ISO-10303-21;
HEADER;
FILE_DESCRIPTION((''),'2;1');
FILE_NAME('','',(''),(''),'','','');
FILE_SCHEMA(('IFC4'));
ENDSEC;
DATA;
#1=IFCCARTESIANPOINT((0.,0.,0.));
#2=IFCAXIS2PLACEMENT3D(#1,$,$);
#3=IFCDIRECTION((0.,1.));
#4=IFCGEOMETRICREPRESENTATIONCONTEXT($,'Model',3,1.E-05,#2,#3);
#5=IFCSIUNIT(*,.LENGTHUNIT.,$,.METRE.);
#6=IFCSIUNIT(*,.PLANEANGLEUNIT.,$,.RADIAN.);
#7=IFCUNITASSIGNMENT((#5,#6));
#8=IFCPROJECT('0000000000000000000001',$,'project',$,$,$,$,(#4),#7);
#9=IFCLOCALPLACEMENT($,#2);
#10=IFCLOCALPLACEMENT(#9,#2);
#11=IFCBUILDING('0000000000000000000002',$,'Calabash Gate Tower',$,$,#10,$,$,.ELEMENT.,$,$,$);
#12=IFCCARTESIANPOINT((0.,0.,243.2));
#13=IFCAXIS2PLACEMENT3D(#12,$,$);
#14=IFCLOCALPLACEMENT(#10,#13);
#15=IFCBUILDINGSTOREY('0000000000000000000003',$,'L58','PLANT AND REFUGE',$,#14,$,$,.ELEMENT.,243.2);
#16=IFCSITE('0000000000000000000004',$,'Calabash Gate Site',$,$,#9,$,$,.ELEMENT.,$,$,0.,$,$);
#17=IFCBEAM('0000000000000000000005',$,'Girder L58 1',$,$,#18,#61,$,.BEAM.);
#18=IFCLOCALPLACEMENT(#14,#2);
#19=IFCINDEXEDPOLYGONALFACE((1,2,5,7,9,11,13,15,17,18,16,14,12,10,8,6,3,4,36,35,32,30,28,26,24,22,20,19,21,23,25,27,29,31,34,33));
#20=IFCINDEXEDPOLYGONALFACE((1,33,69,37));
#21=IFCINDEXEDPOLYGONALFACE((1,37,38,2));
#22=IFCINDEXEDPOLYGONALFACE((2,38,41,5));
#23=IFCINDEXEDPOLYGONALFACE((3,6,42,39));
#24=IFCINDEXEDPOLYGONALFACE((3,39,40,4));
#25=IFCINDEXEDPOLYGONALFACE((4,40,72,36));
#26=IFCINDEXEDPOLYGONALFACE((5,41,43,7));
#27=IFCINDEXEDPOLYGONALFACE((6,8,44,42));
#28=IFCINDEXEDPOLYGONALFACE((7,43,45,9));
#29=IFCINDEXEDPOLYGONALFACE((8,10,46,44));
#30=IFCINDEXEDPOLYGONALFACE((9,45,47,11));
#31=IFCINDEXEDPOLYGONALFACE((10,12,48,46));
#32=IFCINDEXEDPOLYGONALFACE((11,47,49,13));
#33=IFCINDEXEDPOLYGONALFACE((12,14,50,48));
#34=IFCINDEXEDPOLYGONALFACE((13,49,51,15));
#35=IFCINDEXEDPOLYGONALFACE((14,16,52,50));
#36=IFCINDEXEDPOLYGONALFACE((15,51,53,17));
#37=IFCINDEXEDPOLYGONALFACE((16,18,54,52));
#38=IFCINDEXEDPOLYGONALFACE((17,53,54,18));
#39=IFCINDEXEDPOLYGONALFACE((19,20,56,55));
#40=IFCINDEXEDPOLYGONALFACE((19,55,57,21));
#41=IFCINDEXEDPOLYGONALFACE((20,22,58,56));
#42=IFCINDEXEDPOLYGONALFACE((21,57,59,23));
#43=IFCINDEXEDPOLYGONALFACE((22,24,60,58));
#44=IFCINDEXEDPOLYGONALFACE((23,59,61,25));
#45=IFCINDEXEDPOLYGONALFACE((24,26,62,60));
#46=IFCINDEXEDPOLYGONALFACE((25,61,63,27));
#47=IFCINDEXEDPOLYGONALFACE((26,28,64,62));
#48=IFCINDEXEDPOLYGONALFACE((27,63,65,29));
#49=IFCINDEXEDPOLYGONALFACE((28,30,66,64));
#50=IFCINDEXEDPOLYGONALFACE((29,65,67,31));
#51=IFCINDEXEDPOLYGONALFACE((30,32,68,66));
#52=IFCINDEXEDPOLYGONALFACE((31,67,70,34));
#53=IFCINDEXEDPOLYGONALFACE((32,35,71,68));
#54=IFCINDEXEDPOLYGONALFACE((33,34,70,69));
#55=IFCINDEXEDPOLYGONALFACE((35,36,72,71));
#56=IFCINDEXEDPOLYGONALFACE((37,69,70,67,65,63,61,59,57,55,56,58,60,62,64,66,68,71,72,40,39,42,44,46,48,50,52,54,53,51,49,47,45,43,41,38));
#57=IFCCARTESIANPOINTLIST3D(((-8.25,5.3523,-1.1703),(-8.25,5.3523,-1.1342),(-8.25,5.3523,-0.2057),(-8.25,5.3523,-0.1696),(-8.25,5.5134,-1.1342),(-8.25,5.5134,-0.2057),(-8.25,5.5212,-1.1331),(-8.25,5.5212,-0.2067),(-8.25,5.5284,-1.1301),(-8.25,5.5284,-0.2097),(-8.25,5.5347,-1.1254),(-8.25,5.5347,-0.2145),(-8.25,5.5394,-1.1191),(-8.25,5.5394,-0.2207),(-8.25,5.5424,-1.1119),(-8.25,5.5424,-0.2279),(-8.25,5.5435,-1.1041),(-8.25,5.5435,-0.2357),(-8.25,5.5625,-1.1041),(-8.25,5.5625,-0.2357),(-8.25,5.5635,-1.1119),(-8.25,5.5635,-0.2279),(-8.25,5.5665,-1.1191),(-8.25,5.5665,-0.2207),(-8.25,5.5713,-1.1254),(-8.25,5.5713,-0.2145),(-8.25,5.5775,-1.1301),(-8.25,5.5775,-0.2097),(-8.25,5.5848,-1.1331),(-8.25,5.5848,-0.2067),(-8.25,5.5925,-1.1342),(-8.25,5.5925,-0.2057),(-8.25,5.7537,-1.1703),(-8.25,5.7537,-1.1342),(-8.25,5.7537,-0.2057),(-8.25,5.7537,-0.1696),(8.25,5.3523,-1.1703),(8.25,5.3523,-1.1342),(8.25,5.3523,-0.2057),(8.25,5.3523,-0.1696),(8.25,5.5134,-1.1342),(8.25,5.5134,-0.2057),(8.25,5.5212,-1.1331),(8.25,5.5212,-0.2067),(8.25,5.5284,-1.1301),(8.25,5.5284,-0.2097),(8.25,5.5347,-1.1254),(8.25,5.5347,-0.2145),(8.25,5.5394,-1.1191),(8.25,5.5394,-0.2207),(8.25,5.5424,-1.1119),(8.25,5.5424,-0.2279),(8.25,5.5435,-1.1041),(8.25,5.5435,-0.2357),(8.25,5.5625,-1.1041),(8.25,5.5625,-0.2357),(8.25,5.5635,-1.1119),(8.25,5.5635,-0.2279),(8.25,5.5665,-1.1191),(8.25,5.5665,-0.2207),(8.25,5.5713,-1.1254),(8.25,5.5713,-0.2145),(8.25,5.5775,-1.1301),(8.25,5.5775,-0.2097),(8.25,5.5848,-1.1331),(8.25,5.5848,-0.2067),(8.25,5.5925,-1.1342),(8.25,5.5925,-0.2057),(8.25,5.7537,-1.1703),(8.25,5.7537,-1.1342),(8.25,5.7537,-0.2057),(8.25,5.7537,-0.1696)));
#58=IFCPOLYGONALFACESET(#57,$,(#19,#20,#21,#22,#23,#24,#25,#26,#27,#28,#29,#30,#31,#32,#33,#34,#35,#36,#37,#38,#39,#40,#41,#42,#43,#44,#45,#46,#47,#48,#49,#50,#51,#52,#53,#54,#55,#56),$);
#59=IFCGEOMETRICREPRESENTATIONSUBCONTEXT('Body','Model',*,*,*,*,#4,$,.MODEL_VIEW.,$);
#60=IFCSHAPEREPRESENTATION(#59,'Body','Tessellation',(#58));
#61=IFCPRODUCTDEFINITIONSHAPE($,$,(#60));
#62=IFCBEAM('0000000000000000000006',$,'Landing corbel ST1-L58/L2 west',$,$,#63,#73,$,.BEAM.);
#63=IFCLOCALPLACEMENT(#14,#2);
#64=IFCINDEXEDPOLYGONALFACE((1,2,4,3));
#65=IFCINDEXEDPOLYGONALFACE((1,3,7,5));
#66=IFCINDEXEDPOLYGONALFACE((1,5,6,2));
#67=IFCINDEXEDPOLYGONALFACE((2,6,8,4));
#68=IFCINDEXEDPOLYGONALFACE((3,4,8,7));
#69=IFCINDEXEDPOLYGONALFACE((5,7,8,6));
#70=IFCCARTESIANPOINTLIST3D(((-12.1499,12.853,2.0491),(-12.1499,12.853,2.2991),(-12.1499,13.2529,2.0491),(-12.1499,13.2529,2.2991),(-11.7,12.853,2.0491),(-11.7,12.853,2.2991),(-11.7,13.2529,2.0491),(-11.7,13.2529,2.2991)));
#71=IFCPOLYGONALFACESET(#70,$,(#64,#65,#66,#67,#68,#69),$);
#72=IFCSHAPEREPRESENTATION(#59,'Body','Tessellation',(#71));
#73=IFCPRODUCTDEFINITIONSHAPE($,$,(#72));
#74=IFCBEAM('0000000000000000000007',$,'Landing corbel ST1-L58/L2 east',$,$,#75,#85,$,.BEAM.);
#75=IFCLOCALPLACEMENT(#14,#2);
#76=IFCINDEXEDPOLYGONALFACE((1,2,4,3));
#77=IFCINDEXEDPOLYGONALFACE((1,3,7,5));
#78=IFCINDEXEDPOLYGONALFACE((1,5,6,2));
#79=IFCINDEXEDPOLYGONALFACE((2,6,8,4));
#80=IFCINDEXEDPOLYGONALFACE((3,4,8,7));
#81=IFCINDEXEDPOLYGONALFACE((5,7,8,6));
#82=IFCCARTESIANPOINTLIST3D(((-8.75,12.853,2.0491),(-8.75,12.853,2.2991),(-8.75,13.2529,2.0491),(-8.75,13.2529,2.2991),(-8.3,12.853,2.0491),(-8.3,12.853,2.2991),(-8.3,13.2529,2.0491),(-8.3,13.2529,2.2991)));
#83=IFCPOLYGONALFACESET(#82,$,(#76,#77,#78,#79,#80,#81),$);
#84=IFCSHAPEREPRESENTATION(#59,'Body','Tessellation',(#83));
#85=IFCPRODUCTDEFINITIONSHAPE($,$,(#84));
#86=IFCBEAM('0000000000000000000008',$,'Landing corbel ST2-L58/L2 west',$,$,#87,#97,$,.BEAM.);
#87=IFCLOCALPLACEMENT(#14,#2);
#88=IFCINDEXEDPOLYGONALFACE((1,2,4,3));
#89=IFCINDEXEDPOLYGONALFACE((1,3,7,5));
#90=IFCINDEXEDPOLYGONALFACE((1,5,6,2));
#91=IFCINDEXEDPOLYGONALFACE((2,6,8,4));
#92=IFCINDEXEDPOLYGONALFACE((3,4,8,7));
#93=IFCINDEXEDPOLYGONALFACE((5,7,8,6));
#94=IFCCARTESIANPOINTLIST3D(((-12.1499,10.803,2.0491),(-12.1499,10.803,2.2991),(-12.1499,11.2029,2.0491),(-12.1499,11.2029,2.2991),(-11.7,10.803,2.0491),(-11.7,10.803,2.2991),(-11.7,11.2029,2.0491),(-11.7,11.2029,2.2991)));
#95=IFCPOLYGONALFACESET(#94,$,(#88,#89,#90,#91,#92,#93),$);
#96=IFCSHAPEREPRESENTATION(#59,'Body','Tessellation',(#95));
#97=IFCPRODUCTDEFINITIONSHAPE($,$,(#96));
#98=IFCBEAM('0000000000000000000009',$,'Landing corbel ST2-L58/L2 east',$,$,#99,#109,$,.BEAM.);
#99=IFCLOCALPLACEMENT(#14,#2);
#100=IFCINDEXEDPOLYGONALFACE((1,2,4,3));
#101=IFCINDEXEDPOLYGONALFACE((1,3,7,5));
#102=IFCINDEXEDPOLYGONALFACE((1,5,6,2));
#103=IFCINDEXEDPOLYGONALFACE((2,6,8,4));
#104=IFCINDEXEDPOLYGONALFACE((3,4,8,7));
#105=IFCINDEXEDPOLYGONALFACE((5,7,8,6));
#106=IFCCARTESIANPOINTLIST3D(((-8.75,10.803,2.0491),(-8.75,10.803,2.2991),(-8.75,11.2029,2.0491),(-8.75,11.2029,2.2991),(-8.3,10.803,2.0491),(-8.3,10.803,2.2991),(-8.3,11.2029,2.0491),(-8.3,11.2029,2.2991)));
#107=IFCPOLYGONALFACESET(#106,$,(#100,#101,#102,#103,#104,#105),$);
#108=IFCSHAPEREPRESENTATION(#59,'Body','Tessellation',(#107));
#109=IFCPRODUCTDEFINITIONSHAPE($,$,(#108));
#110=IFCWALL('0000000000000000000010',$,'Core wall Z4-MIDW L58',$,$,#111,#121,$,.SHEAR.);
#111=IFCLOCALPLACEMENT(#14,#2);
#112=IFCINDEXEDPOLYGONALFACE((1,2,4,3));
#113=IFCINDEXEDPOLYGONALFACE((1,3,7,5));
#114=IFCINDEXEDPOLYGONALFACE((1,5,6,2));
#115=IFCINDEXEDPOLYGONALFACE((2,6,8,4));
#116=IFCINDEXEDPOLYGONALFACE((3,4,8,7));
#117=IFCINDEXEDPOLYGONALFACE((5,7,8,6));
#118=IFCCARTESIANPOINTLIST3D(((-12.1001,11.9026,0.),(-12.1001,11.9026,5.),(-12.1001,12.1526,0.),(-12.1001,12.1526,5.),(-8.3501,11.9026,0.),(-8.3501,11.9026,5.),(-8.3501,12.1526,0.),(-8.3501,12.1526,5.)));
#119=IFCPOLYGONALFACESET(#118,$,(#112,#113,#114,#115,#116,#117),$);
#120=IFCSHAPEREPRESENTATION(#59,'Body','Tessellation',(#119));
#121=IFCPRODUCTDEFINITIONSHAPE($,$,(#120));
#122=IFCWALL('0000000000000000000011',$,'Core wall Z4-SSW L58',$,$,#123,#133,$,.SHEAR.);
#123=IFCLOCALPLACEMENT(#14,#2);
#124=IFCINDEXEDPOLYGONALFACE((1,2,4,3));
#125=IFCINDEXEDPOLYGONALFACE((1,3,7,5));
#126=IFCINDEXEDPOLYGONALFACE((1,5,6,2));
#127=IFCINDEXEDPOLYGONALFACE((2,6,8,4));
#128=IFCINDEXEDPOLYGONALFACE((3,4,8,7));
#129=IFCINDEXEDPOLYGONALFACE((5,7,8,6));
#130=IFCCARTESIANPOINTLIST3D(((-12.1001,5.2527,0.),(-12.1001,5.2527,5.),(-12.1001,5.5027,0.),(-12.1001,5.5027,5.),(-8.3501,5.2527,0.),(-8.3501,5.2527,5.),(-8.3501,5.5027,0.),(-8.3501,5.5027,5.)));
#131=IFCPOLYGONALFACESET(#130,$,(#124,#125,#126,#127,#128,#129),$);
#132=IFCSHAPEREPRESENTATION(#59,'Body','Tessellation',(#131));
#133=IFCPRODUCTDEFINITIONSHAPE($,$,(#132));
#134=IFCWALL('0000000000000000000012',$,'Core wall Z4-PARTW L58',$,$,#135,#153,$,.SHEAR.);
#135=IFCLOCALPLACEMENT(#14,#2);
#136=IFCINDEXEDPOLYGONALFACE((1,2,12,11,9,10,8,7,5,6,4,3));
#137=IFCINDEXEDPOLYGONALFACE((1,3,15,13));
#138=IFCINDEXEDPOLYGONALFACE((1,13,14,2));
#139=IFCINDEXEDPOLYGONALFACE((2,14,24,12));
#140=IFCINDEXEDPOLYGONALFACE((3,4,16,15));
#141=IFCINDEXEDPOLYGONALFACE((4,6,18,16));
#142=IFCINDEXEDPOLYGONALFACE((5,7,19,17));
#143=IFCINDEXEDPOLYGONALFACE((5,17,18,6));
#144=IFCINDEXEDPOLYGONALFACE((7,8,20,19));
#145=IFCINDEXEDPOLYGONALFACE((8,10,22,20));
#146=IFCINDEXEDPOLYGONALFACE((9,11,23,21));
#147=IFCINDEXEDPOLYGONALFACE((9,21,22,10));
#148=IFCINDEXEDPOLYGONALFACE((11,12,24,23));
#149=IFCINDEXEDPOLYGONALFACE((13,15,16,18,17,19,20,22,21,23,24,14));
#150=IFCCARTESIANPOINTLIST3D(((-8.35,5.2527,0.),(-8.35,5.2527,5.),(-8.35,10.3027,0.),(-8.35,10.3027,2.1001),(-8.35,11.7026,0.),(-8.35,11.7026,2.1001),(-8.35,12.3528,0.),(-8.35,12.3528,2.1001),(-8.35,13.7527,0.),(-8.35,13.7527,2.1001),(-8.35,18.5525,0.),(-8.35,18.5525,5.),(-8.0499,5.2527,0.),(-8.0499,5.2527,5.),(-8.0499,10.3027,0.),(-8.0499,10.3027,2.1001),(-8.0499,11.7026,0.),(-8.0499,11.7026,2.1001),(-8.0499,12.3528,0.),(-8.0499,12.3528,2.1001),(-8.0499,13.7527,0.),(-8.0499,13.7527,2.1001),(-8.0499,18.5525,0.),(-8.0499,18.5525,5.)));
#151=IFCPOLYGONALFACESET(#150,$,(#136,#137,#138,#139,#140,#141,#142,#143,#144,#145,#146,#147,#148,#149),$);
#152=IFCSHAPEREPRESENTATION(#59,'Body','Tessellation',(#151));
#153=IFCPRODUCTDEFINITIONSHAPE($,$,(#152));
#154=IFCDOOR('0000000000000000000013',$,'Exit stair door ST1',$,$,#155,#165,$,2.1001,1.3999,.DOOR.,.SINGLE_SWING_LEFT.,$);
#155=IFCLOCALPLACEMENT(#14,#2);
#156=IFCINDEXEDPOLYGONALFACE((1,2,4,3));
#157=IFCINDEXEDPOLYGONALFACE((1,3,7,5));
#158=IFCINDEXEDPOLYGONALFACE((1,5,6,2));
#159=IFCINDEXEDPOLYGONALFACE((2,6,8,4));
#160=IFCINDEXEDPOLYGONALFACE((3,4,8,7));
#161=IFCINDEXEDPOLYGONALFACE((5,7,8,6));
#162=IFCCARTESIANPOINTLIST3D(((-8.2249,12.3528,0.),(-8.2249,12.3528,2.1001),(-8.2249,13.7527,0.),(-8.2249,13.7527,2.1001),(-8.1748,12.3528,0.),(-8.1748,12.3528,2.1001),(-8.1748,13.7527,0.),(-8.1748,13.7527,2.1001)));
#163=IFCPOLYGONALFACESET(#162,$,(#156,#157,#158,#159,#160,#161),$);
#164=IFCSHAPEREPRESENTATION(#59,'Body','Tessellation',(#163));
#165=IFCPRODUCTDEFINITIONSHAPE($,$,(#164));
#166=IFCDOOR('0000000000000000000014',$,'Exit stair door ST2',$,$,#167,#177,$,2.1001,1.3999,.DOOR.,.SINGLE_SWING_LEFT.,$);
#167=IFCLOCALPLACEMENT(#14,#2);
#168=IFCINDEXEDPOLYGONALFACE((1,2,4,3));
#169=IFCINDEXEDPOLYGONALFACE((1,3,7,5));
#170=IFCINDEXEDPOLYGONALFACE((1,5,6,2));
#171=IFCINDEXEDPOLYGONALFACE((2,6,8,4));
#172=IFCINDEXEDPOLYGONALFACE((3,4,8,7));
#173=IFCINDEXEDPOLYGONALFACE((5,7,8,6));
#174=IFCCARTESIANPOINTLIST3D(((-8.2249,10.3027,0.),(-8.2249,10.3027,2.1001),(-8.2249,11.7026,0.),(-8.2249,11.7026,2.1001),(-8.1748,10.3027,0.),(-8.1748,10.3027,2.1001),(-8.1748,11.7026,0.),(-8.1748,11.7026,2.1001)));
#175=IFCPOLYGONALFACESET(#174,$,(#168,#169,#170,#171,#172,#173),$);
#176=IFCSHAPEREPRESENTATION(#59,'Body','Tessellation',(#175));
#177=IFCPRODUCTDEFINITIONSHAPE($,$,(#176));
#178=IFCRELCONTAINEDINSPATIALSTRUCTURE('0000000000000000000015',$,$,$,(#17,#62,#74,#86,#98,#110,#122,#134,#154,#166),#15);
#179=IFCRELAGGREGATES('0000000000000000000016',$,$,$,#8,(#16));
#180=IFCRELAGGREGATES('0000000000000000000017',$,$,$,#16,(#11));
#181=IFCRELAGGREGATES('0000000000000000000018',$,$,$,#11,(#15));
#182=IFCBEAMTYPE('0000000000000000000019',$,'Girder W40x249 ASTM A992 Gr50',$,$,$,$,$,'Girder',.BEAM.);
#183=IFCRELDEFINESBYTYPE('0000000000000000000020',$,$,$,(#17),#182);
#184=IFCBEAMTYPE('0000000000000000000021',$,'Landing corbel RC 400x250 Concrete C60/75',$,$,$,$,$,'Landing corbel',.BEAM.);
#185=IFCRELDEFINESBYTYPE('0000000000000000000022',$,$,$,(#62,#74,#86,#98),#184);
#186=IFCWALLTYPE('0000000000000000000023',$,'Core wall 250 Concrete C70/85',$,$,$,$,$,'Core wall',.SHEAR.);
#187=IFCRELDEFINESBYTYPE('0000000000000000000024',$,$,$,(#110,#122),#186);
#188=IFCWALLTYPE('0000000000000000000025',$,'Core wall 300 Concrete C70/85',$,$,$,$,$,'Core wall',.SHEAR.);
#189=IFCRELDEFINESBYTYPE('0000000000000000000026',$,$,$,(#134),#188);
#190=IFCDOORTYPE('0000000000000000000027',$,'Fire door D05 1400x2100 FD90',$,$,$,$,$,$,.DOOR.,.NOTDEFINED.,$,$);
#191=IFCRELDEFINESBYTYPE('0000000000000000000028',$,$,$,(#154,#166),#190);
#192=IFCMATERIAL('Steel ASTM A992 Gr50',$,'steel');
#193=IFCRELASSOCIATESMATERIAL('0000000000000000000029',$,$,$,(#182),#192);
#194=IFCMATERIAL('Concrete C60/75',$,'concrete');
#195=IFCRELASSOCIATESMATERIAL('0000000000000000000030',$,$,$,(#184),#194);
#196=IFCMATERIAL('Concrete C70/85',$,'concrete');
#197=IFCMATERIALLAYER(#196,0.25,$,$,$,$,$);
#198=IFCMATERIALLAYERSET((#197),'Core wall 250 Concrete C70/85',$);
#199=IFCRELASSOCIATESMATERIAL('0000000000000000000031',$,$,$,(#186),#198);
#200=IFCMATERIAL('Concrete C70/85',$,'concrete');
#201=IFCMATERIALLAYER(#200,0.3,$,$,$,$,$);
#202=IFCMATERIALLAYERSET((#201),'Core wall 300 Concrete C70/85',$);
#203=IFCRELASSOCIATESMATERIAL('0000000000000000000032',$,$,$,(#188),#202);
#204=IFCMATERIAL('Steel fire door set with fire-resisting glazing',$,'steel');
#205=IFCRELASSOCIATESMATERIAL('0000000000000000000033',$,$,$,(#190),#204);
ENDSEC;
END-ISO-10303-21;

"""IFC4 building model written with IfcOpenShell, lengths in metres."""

from ifc_helpers import new_model, si_unit, direction, frame, frame_2d, origin, origin_2d, place, context, subcontext, project, spatial, rectangle, i_section, extrude, material, layer, layer_set, material_profile, profile_set, type_object, element, fill, save


model = new_model("IFC4")

# Units and contexts
model_context = context("Model", 3, precision=1e-05, world=origin(), true_north=direction((0.0, 1.0)))
body_context = subcontext(model_context, "Body", "Model", "MODEL_VIEW")
ifc_project = project(units=[si_unit("LENGTHUNIT", "METRE"), si_unit("PLANEANGLEUNIT", "RADIAN")], contexts=[model_context])

# Site, building, storey
site_placement = place(None, origin())
site = spatial("IfcSite", under=ifc_project, at=site_placement, Name="Calabash Gate Site", CompositionType="ELEMENT", RefElevation=0.0)
building_placement = place(site_placement, origin())
building = spatial("IfcBuilding", under=site, at=building_placement, Name="Calabash Gate Tower", CompositionType="ELEMENT")
storey_placement = place(building_placement, frame((0.0, 0.0, 243.2)))
storey = spatial("IfcBuildingStorey", under=building, at=storey_placement, Name="L58", Description="PLANT AND REFUGE", CompositionType="ELEMENT", Elevation=243.2)

# Beams
ifc_material_1 = material(Name="Steel ASTM A992 Gr50", Category="steel")
ifc_material_profile_1 = material_profile(ifc_material_1, i_section(OverallWidth=0.4014, OverallDepth=1.0007, WebThickness=0.019, FlangeThickness=0.0361, FilletRadius=0.03, at=origin_2d()))
ifc_profile_set_1 = profile_set([ifc_material_profile_1], Name="Steel ASTM A992 Gr50")
beam_type_1 = type_object("IfcBeamType", Name="Girder W40x249 ASTM A992 Gr50", ElementType="Girder", PredefinedType="BEAM", material=ifc_profile_set_1)
beam_placement = place(storey_placement, frame((-8.25, 5.553, -0.6699), z_axis=(1.0, 0.0, 0.0), x_axis=(0.0, 1.0, 0.0)))
element("IfcBeam", 1, at=beam_placement, inside=storey, type_object=beam_type_1, Name="Girder L58 1", PredefinedType="BEAM", context=body_context, shape_type="SweptSolid", body=[
    extrude(i_section(OverallWidth=0.4014, OverallDepth=1.0007, WebThickness=0.019, FlangeThickness=0.0361, FilletRadius=0.03, at=origin_2d()), origin(), (0.0, 0.0, 1.0), 16.5),
])
ifc_material_2 = material(Name="Concrete C60/75", Category="concrete")
ifc_material_profile_2 = material_profile(ifc_material_2, rectangle(XDim=0.3999, YDim=0.25, at=origin_2d()))
ifc_profile_set_2 = profile_set([ifc_material_profile_2], Name="Concrete C60/75")
beam_type_2 = type_object("IfcBeamType", Name="Landing corbel RC 400x250 Concrete C60/75", ElementType="Landing corbel", PredefinedType="BEAM", material=ifc_profile_set_2)
for number, where, z_axis, x_axis, name in (
    (2, (-12.1499, 13.053, 2.1741), (1.0, 0.0, 0.0), (0.0, 1.0, 0.0), "Landing corbel ST1-L58/L2 west"),
    (3, (-8.3, 13.053, 2.1741), (-1.0, 0.0, 0.0), (0.0, -1.0, 0.0), "Landing corbel ST1-L58/L2 east"),
    (4, (-12.1499, 11.0029, 2.1741), (1.0, 0.0, 0.0), (0.0, 1.0, 0.0), "Landing corbel ST2-L58/L2 west"),
    (5, (-8.3, 11.0029, 2.1741), (-1.0, 0.0, 0.0), (0.0, -1.0, 0.0), "Landing corbel ST2-L58/L2 east"),
):
    element("IfcBeam", number, at=place(storey_placement, frame(where, z_axis=z_axis, x_axis=x_axis)), inside=storey, type_object=beam_type_2, Name=name, PredefinedType="BEAM", context=body_context, shape_type="SweptSolid", body=[
        extrude(rectangle(XDim=0.3999, YDim=0.25, at=origin_2d()), origin(), (0.0, 0.0, 1.0), 0.45),
    ])

# Walls
ifc_material_3 = material(Name="Concrete C70/85", Category="concrete")
ifc_layer_1 = layer(ifc_material_3, 0.25)
ifc_layer_set_1 = layer_set([ifc_layer_1], Name="Core wall 250 Concrete C70/85")
wall_type_1 = type_object("IfcWallType", Name="Core wall 250 Concrete C70/85", ElementType="Core wall", PredefinedType="SHEAR", material=ifc_layer_set_1)
for number, where, z_axis, x_axis, name in (
    (6, (-12.1001, 12.0276, 0.0), (0.0, 0.0, 1.0), (1.0, 0.0, 0.0), "Core wall Z4-MIDW L58"),
    (7, (-12.1001, 5.3777, 0.0), (0.0, 0.0, 1.0), (1.0, 0.0, 0.0), "Core wall Z4-SSW L58"),
):
    element("IfcWall", number, at=place(storey_placement, frame(where, z_axis=z_axis, x_axis=x_axis)), inside=storey, type_object=wall_type_1, Name=name, PredefinedType="SHEAR", context=body_context, shape_type="SweptSolid", body=[
        extrude(rectangle(XDim=3.75, YDim=0.25, at=frame_2d((1.875, 0.0))), origin(), (0.0, 0.0, 1.0), 5.0),
    ])

# Wall, openings, doors
ifc_material_4 = material(Name="Concrete C70/85", Category="concrete")
ifc_layer_2 = layer(ifc_material_4, 0.3)
ifc_layer_set_2 = layer_set([ifc_layer_2], Name="Core wall 300 Concrete C70/85")
wall_type_2 = type_object("IfcWallType", Name="Core wall 300 Concrete C70/85", ElementType="Core wall", PredefinedType="SHEAR", material=ifc_layer_set_2)
wall_1_placement = place(storey_placement, frame((-8.2, 5.2527, 0.0), z_axis=(0.0, 0.0, 1.0), x_axis=(0.0, 1.0, 0.0)))
wall_1 = element("IfcWall", 8, at=wall_1_placement, inside=storey, type_object=wall_type_2, Name="Core wall Z4-PARTW L58", PredefinedType="SHEAR", context=body_context, shape_type="SweptSolid", body=[
    extrude(rectangle(XDim=13.2998, YDim=0.3, at=frame_2d((6.6499, 0.0))), origin(), (0.0, 0.0, 1.0), 5.0),
])
opening_1_placement = place(wall_1_placement, frame((7.1001, 0.0, 0.0)))
opening_1 = element("IfcOpeningElement", 9, at=opening_1_placement, cuts=wall_1, PredefinedType="OPENING", context=body_context, shape_type="SweptSolid", body=[
    extrude(rectangle(XDim=1.3999, YDim=2.1001, at=frame_2d((0.7, 1.05))), frame((0.0, 0.1599, 0.0), z_axis=(0.0, -1.0, 0.0), x_axis=(1.0, 0.0, 0.0)), (0.0, 0.0, 1.0), 0.3201),
])
opening_2_placement = place(wall_1_placement, frame((5.05, 0.0, 0.0)))
opening_2 = element("IfcOpeningElement", 10, at=opening_2_placement, cuts=wall_1, PredefinedType="OPENING", context=body_context, shape_type="SweptSolid", body=[
    extrude(rectangle(XDim=1.3999, YDim=2.1001, at=frame_2d((0.7, 1.05))), frame((0.0, 0.1599, 0.0), z_axis=(0.0, -1.0, 0.0), x_axis=(1.0, 0.0, 0.0)), (0.0, 0.0, 1.0), 0.3201),
])
ifc_material_5 = material(Name="Steel fire door set with fire-resisting glazing", Category="steel")
door_type_1 = type_object("IfcDoorType", Name="Fire door D05 1400x2100 FD90", OperationType="NOTDEFINED", PredefinedType="DOOR", material=ifc_material_5)
door_1_placement = place(opening_1_placement, origin())
door_1 = element("IfcDoor", 11, at=door_1_placement, inside=storey, type_object=door_type_1, Name="Exit stair door ST1", OperationType="SINGLE_SWING_LEFT", OverallHeight=2.1001, OverallWidth=1.3999, PredefinedType="DOOR", context=body_context, shape_type="SweptSolid", body=[
    extrude(rectangle(XDim=1.3999, YDim=2.1001, at=frame_2d((0.7, 1.05))), frame((0.0, 0.0249, 0.0), z_axis=(0.0, -1.0, 0.0), x_axis=(1.0, 0.0, 0.0)), (0.0, 0.0, 1.0), 0.05),
])
fill(opening_1, door_1)
door_2_placement = place(opening_2_placement, origin())
door_2 = element("IfcDoor", 12, at=door_2_placement, inside=storey, type_object=door_type_1, Name="Exit stair door ST2", OperationType="SINGLE_SWING_LEFT", OverallHeight=2.1001, OverallWidth=1.3999, PredefinedType="DOOR", context=body_context, shape_type="SweptSolid", body=[
    extrude(rectangle(XDim=1.3999, YDim=2.1001, at=frame_2d((0.7, 1.05))), frame((0.0, 0.0249, 0.0), z_axis=(0.0, -1.0, 0.0), x_axis=(1.0, 0.0, 0.0)), (0.0, 0.0, 1.0), 0.05),
])
fill(opening_2, door_2)

save(model, "model.ifc")
